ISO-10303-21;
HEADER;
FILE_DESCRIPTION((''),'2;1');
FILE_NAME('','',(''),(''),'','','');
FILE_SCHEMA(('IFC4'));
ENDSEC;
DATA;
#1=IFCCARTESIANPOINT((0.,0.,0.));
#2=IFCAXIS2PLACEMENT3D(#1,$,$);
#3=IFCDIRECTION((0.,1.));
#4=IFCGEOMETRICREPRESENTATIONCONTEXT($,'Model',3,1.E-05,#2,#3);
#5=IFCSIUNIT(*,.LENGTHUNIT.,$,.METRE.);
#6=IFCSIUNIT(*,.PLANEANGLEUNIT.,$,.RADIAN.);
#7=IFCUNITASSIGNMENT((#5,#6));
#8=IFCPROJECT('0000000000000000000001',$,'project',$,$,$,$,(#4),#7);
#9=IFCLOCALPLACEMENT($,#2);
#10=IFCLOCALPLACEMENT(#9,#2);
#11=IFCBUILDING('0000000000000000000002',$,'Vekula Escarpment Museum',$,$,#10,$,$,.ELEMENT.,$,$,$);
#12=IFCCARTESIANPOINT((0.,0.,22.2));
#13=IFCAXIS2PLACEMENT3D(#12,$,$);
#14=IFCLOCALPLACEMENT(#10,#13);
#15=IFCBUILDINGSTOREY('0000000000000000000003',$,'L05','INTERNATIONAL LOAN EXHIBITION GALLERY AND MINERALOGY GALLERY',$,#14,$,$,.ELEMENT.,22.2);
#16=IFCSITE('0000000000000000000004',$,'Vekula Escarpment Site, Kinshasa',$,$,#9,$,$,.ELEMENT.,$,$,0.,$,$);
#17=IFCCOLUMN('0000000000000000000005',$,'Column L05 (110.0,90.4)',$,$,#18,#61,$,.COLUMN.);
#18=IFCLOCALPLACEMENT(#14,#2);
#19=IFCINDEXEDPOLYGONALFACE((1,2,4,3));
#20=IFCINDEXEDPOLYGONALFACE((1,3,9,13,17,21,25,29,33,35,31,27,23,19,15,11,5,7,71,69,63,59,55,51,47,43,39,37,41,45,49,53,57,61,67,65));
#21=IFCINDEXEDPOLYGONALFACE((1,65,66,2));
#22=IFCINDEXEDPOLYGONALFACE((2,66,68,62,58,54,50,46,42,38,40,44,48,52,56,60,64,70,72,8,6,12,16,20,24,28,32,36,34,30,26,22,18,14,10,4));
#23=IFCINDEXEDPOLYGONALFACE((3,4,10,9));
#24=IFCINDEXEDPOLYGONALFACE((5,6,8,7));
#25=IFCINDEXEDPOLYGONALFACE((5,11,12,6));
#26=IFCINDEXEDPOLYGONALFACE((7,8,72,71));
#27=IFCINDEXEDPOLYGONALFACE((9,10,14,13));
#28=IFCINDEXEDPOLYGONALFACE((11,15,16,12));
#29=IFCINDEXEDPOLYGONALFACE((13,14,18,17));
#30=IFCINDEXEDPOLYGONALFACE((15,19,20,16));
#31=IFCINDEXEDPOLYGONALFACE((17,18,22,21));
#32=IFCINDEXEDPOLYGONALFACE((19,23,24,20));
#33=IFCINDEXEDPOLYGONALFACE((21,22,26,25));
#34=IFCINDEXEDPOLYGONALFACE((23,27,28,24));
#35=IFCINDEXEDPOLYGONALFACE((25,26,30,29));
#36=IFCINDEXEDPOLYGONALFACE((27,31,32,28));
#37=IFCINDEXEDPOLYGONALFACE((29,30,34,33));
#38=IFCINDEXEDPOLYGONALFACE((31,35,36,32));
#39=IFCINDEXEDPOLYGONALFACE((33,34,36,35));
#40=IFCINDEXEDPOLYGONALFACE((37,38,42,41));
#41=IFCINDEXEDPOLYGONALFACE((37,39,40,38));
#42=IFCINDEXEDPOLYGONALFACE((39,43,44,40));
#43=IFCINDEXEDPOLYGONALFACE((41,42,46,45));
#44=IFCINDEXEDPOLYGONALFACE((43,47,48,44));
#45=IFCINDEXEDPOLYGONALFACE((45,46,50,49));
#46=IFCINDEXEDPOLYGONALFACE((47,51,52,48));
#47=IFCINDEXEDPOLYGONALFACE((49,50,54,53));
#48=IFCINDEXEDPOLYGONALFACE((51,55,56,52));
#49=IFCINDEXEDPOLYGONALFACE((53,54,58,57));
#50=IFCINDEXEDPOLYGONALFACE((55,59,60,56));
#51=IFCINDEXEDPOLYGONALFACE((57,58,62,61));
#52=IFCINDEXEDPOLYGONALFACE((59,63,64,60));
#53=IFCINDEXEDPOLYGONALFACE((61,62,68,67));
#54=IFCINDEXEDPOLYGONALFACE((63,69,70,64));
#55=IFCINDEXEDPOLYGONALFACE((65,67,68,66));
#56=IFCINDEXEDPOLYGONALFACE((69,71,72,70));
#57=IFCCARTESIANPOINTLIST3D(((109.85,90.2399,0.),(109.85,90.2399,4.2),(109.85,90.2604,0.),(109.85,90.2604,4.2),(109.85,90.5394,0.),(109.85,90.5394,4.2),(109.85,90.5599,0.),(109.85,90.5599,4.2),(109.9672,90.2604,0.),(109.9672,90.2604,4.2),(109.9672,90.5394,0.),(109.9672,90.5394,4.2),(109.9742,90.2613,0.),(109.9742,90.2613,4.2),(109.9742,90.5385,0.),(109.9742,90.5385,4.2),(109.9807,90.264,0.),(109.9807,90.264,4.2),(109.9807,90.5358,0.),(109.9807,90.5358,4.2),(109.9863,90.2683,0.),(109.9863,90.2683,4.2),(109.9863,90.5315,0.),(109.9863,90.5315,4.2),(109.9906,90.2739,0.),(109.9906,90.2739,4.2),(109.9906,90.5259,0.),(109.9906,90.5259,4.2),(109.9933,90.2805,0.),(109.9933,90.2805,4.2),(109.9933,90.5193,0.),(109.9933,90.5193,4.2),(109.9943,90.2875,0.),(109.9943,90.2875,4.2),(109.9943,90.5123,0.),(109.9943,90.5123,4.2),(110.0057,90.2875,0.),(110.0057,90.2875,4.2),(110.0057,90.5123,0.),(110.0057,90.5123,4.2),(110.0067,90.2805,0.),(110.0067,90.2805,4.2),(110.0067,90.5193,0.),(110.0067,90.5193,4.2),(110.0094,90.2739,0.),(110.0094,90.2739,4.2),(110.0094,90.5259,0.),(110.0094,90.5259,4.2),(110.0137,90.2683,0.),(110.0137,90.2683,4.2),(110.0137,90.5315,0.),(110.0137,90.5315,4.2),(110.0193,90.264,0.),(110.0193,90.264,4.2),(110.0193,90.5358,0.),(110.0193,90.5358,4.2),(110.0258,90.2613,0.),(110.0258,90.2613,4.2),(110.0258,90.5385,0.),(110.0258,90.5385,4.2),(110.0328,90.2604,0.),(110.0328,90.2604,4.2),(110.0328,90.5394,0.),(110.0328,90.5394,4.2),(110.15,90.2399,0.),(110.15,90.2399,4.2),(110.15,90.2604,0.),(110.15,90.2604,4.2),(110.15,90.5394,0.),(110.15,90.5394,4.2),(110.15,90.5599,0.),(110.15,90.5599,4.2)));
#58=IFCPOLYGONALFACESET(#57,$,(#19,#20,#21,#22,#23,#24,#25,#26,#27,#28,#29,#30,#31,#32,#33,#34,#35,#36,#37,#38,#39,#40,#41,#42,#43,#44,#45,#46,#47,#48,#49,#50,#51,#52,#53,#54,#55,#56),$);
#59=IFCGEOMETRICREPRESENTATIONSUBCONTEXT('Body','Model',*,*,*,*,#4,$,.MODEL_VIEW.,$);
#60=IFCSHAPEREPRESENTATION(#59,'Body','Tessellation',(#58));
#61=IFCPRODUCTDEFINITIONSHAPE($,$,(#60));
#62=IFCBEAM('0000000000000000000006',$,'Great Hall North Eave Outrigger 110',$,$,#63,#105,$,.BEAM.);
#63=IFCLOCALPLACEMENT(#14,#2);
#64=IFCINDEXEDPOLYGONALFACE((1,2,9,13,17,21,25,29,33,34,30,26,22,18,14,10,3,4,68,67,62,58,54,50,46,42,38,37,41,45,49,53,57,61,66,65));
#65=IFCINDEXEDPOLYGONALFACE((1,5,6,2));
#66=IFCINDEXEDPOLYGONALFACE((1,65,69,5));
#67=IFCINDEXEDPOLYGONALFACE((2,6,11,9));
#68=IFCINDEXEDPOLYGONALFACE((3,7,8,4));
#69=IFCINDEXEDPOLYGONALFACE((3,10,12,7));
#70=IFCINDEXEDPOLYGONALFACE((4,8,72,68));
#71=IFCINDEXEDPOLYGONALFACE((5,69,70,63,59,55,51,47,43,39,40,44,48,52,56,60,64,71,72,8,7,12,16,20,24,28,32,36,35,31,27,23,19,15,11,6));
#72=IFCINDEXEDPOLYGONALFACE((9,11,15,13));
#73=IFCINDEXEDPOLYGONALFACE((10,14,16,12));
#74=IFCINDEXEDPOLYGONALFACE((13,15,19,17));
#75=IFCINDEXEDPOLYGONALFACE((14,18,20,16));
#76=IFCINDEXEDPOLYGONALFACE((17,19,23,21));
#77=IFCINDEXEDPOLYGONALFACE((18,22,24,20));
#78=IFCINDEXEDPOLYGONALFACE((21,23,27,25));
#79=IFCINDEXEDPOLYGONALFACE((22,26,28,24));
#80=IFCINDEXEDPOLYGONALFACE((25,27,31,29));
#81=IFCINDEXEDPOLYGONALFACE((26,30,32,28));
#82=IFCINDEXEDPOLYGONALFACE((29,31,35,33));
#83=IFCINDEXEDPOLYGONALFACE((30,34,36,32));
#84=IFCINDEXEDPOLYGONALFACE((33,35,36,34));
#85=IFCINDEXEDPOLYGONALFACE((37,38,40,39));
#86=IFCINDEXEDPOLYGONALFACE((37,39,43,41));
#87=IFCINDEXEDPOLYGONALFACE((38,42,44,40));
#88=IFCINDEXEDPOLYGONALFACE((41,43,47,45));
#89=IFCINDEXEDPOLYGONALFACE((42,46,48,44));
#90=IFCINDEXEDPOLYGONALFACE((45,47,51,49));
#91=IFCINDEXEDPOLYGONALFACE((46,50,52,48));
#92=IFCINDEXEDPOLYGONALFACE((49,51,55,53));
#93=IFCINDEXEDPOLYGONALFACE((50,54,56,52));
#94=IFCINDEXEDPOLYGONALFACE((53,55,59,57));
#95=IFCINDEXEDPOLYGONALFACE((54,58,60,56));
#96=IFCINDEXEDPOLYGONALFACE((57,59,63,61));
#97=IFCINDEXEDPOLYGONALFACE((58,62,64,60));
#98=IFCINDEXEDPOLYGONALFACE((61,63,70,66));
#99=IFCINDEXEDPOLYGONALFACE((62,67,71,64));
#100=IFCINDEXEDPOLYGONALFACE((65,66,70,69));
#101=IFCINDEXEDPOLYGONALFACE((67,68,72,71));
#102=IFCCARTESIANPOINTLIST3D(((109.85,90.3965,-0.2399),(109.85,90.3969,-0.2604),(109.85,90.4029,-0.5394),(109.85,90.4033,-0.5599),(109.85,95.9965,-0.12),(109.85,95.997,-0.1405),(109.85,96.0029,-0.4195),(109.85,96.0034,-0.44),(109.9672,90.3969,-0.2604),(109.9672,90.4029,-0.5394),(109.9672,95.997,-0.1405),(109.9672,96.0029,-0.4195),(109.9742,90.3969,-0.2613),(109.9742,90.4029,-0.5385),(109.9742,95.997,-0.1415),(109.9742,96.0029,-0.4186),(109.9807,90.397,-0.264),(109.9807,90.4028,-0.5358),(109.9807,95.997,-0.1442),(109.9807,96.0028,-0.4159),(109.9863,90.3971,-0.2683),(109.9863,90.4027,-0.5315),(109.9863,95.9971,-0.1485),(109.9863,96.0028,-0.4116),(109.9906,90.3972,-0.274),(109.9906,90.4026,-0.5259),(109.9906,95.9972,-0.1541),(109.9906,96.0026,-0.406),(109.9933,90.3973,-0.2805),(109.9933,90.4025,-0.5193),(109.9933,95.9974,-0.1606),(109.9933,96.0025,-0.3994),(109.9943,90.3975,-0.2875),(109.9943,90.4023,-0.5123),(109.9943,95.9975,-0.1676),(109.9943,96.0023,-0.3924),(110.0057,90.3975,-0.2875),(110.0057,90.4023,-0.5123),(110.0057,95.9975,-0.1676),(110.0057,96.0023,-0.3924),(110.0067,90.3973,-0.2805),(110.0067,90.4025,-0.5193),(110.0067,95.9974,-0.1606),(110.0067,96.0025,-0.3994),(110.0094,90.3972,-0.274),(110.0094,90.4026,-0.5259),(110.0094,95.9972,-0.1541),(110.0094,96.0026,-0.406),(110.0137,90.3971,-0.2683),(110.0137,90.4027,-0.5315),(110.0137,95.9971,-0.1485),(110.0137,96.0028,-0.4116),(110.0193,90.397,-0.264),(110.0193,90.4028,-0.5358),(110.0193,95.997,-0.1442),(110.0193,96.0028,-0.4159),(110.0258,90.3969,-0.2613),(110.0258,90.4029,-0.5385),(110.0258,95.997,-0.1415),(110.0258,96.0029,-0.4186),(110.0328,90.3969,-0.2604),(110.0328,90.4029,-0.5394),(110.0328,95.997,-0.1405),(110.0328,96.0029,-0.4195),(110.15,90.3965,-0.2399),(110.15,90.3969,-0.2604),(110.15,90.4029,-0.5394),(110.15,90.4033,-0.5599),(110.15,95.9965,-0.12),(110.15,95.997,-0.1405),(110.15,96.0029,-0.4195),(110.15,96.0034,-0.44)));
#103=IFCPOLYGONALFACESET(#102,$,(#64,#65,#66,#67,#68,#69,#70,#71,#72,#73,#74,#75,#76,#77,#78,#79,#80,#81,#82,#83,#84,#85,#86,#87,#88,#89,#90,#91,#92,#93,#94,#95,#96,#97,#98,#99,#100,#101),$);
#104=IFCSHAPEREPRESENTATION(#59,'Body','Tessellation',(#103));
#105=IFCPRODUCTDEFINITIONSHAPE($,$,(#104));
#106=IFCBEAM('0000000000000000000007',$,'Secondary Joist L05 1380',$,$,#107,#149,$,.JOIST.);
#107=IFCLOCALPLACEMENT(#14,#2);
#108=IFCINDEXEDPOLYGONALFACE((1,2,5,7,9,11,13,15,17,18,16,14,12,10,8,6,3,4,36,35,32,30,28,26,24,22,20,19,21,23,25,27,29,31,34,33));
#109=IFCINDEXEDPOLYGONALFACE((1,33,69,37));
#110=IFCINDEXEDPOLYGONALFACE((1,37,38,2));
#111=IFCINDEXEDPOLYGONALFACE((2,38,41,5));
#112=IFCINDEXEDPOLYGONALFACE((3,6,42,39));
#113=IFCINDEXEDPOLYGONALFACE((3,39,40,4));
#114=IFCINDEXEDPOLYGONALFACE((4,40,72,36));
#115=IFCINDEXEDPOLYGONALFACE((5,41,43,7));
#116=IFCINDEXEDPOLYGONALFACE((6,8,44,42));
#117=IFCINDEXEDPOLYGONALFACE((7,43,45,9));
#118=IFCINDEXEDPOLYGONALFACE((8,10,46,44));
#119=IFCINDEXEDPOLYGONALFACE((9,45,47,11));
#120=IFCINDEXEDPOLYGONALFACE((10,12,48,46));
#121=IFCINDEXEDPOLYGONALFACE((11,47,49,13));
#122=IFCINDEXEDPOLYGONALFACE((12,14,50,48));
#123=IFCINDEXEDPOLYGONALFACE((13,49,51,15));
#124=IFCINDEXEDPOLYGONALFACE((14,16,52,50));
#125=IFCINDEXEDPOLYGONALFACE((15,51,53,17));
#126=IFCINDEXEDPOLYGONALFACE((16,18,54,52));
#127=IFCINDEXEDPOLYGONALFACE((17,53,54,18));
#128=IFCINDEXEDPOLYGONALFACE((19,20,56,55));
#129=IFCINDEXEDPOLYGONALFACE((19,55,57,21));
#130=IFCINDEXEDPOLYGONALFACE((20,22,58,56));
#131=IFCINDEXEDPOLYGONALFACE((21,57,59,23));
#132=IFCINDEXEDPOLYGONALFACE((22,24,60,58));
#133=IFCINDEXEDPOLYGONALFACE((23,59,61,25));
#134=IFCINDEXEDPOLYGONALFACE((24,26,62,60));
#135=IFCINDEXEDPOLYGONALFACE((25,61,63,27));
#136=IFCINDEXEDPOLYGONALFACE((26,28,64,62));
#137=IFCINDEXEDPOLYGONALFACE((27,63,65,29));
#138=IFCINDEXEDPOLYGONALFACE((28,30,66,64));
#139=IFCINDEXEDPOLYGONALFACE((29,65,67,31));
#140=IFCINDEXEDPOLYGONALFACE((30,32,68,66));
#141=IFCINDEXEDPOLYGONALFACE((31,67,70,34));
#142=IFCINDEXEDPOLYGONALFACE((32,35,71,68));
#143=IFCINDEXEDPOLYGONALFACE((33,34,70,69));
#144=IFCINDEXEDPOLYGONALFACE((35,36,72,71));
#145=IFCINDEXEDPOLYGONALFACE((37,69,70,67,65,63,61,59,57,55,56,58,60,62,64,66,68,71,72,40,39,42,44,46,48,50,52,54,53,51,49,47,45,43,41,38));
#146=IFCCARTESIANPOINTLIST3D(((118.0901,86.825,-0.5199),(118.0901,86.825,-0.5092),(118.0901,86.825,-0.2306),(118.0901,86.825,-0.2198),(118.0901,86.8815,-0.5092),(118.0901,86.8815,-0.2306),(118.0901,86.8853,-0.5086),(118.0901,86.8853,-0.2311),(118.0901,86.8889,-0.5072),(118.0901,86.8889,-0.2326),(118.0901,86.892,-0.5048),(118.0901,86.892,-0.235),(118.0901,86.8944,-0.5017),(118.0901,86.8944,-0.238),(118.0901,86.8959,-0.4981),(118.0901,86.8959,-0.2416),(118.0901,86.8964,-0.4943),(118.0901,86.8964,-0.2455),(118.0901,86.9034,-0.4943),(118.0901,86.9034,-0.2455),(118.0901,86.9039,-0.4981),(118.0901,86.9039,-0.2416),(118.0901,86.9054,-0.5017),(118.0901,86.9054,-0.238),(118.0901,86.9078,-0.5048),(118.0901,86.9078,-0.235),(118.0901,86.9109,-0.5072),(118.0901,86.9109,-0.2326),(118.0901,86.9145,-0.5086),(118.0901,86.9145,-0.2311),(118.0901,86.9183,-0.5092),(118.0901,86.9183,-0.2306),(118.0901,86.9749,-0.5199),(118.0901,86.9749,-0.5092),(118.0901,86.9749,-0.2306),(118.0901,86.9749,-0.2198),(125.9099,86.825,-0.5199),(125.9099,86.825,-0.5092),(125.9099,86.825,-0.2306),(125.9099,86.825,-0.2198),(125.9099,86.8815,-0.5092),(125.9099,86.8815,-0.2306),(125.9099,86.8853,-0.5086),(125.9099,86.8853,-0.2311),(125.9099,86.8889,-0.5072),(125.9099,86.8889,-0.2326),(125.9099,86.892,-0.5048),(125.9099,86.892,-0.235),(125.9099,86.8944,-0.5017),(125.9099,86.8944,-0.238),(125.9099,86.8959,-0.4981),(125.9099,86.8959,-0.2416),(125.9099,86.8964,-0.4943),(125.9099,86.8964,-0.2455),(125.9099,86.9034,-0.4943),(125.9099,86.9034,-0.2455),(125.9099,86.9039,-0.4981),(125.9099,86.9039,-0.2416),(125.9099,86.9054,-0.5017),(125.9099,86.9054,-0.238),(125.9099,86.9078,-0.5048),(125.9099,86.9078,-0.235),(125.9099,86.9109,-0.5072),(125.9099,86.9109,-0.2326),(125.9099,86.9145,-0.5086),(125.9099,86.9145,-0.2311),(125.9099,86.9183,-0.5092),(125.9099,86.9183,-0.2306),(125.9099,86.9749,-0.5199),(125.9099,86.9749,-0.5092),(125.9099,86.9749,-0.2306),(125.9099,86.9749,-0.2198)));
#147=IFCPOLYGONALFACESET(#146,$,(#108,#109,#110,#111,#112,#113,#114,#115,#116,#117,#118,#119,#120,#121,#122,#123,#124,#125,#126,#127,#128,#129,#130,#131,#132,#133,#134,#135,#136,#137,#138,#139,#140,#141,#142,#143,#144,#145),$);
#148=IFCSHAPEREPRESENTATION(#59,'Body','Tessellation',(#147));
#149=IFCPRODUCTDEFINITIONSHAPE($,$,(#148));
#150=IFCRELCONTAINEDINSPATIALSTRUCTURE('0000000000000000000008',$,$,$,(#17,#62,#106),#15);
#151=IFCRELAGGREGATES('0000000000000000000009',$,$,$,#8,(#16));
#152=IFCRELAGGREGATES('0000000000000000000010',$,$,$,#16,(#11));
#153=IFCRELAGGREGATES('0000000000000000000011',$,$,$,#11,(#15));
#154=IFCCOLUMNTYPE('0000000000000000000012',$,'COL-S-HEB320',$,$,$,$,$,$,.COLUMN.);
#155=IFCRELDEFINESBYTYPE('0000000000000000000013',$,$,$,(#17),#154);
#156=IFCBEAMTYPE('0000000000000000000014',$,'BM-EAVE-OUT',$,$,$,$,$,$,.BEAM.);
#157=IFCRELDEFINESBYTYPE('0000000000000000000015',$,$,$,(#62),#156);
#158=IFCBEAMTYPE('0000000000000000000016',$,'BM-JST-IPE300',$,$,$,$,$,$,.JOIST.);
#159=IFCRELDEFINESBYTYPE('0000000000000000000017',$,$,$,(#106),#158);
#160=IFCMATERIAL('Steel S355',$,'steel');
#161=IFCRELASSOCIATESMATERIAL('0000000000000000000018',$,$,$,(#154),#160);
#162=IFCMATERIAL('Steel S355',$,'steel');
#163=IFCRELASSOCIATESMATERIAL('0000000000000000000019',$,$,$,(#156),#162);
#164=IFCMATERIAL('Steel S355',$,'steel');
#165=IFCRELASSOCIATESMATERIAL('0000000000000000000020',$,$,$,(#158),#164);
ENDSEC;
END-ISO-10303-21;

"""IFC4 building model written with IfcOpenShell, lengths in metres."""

from ifc_helpers import new_model, si_unit, direction, frame, origin, origin_2d, place, context, subcontext, project, spatial, i_section, extrude, material, material_profile, profile_set, type_object, element, save


model = new_model("IFC4")

# Units and contexts
model_context = context("Model", 3, precision=1e-05, world=origin(), true_north=direction((0.0, 1.0)))
body_context = subcontext(model_context, "Body", "Model", "MODEL_VIEW")
ifc_project = project(units=[si_unit("LENGTHUNIT", "METRE"), si_unit("PLANEANGLEUNIT", "RADIAN")], contexts=[model_context])

# Site, building, storey
site_placement = place(None, origin())
site = spatial("IfcSite", under=ifc_project, at=site_placement, Name="Vekula Escarpment Site, Kinshasa", CompositionType="ELEMENT", RefElevation=0.0)
building_placement = place(site_placement, origin())
building = spatial("IfcBuilding", under=site, at=building_placement, Name="Vekula Escarpment Museum", CompositionType="ELEMENT")
storey_placement = place(building_placement, frame((0.0, 0.0, 22.2)))
storey = spatial("IfcBuildingStorey", under=building, at=storey_placement, Name="L05", Description="INTERNATIONAL LOAN EXHIBITION GALLERY AND MINERALOGY GALLERY", CompositionType="ELEMENT", Elevation=22.2)

# Column
ifc_material_1 = material(Name="Steel S355", Category="steel")
ifc_material_profile_1 = material_profile(ifc_material_1, i_section(OverallWidth=0.3, OverallDepth=0.3201, WebThickness=0.0115, FlangeThickness=0.0205, FilletRadius=0.0271, at=origin_2d()), Name="HEB 320")
ifc_profile_set_1 = profile_set([ifc_material_profile_1], Name="Steel S355")
column_type = type_object("IfcColumnType", Name="COL-S-HEB320", PredefinedType="COLUMN", material=ifc_profile_set_1)
column_placement = place(storey_placement, frame((110.0, 90.3999, 0.0), z_axis=(0.0, 0.0, 1.0), x_axis=(1.0, 0.0, 0.0)))
element("IfcColumn", 1, at=column_placement, inside=storey, type_object=column_type, Name="Column L05 (110.0,90.4)", PredefinedType="COLUMN", context=body_context, shape_type="SweptSolid", body=[
    extrude(i_section(OverallWidth=0.3, OverallDepth=0.3201, WebThickness=0.0115, FlangeThickness=0.0205, FilletRadius=0.0271, at=origin_2d()), origin(), (0.0, 0.0, 1.0), 4.2),
])

# Beams
ifc_material_2 = material(Name="Steel S355", Category="steel")
ifc_material_profile_2 = material_profile(ifc_material_2, i_section(OverallWidth=0.3, OverallDepth=0.3201, WebThickness=0.0115, FlangeThickness=0.0205, FilletRadius=0.0271, at=origin_2d()), Name="HEB 320")
ifc_profile_set_2 = profile_set([ifc_material_profile_2], Name="Steel S355")
beam_type_1 = type_object("IfcBeamType", Name="BM-EAVE-OUT", PredefinedType="BEAM", material=ifc_profile_set_2)
beam_1_placement = place(storey_placement, frame((110.0, 90.3999, -0.3999), z_axis=(0.0, 0.999771, 0.021401), x_axis=(-1.0, 0.0, 0.0)))
element("IfcBeam", 2, at=beam_1_placement, inside=storey, type_object=beam_type_1, Name="Great Hall North Eave Outrigger 110", PredefinedType="BEAM", context=body_context, shape_type="SweptSolid", body=[
    extrude(i_section(OverallWidth=0.3, OverallDepth=0.3201, WebThickness=0.0115, FlangeThickness=0.0205, FilletRadius=0.0271, at=origin_2d()), origin(), (0.0, 0.0, 1.0), 5.6013),
])
ifc_material_3 = material(Name="Steel S355", Category="steel")
ifc_material_profile_3 = material_profile(ifc_material_3, i_section(OverallWidth=0.1499, OverallDepth=0.3, WebThickness=0.0071, FlangeThickness=0.0107, FilletRadius=0.0149, at=origin_2d()), Name="IPE 300")
ifc_profile_set_3 = profile_set([ifc_material_profile_3], Name="Steel S355")
beam_type_2 = type_object("IfcBeamType", Name="BM-JST-IPE300", PredefinedType="JOIST", material=ifc_profile_set_3)
beam_2_placement = place(storey_placement, frame((118.0901, 86.8999, -0.3699), z_axis=(1.0, 0.0, 0.0), x_axis=(0.0, 1.0, 0.0)))
element("IfcBeam", 3, at=beam_2_placement, inside=storey, type_object=beam_type_2, Name="Secondary Joist L05 1380", PredefinedType="JOIST", context=body_context, shape_type="SweptSolid", body=[
    extrude(i_section(OverallWidth=0.1499, OverallDepth=0.3, WebThickness=0.0071, FlangeThickness=0.0107, FilletRadius=0.0149, at=origin_2d()), origin(), (0.0, 0.0, 1.0), 7.8198),
])

save(model, "model.ifc")
